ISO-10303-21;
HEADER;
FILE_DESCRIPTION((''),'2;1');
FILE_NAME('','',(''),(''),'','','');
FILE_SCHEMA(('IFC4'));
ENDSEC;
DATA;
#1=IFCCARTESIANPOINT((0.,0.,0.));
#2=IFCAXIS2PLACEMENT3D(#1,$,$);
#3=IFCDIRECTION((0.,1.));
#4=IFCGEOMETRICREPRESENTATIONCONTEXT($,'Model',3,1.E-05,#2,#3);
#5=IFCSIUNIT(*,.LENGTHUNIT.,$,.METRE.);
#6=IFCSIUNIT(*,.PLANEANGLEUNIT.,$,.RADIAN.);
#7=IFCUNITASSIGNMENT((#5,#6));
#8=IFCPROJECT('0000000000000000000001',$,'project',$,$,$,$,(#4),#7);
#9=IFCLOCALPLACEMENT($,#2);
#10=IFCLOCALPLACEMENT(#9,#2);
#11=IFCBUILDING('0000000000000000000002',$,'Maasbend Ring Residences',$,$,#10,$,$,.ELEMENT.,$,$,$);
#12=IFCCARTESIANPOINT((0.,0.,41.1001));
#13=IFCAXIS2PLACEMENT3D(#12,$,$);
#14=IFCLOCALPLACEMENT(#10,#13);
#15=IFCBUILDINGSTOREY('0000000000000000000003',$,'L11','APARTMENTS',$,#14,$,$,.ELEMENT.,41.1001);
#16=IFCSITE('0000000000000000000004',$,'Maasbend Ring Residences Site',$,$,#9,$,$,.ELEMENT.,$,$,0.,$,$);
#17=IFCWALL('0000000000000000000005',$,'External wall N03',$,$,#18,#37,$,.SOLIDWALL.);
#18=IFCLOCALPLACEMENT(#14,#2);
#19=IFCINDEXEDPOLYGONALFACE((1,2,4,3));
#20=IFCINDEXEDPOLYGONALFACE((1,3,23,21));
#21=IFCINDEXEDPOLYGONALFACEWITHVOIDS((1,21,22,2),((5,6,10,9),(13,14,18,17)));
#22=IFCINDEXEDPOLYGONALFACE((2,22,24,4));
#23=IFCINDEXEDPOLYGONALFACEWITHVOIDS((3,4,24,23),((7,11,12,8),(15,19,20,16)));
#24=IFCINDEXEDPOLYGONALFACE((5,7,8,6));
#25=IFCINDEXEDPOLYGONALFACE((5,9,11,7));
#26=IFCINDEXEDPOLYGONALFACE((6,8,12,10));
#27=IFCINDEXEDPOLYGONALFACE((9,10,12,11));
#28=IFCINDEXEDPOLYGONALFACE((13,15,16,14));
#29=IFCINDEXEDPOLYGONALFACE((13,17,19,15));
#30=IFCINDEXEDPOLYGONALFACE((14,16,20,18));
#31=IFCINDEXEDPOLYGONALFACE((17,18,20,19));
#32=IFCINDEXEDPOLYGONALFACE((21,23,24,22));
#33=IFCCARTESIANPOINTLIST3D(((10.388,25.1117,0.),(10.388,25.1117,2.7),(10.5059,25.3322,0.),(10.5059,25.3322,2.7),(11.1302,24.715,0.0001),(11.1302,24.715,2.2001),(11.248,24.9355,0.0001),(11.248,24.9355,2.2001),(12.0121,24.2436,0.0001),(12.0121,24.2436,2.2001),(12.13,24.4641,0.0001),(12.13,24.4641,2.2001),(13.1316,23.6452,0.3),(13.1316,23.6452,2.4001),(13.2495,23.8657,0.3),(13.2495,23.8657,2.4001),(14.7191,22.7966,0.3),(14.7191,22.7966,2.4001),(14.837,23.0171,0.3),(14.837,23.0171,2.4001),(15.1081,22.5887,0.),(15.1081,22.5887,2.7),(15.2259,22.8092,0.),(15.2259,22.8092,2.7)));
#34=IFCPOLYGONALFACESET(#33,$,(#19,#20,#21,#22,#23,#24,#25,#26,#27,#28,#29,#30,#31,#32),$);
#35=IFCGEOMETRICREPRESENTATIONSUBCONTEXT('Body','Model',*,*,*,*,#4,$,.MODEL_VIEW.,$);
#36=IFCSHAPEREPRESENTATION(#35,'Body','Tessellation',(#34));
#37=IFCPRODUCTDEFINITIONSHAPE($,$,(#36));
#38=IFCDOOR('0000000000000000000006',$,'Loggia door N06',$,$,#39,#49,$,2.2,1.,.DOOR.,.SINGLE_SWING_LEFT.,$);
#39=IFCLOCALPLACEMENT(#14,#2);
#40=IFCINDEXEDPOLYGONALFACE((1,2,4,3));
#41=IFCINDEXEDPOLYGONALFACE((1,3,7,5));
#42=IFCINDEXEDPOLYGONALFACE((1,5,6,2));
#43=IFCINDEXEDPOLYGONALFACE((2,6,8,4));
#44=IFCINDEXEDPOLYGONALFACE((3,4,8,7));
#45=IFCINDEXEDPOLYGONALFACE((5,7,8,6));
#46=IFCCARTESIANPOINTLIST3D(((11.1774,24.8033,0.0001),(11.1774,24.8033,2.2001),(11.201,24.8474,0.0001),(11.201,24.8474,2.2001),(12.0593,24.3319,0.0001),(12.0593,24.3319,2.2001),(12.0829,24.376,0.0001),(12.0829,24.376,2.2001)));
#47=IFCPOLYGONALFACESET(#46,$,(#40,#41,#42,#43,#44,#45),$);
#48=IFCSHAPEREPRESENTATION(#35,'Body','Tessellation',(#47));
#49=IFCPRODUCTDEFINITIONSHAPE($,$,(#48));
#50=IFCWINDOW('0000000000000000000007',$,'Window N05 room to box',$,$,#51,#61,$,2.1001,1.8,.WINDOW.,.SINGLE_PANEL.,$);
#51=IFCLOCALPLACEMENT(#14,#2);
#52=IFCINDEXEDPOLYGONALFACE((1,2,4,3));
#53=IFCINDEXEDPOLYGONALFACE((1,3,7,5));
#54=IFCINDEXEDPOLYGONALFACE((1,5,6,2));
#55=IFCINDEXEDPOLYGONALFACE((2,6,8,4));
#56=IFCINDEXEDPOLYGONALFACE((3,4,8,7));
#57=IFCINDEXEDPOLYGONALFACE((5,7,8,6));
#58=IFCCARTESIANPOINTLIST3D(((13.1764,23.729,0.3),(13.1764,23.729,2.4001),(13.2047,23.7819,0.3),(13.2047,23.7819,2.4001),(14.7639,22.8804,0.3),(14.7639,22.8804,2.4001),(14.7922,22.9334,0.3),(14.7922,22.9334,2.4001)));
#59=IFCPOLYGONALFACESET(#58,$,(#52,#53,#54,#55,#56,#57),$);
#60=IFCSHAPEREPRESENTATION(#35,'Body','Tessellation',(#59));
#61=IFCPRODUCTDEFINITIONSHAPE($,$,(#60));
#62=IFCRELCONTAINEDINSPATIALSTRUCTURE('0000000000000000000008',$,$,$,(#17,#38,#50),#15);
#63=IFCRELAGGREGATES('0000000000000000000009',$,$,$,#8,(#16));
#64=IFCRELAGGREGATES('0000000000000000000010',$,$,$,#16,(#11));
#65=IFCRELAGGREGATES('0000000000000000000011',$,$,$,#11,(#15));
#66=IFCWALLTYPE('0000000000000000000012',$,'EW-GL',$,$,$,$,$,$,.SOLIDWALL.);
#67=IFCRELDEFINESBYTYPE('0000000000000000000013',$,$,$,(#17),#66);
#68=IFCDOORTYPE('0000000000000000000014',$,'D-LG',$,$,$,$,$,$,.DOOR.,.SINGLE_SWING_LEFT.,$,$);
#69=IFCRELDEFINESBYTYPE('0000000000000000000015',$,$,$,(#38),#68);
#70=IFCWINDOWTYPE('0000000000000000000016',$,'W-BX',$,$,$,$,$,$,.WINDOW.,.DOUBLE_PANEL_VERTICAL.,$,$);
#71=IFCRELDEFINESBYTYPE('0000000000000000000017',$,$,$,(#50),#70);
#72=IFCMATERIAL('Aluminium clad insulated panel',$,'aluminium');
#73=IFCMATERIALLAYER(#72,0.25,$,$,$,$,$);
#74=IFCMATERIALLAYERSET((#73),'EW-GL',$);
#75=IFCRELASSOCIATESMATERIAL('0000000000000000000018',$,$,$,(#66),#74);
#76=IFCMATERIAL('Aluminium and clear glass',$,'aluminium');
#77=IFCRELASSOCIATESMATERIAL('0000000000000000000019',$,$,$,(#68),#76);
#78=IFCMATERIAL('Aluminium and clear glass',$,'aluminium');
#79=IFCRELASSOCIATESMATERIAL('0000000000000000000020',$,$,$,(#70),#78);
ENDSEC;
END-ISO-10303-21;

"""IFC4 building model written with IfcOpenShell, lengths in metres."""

from ifc_helpers import new_model, si_unit, direction, frame, frame_2d, origin, place, context, subcontext, project, spatial, rectangle, extrude, material, layer, layer_set, type_object, element, fill, save


model = new_model("IFC4")

# Units and contexts
model_context = context("Model", 3, precision=1e-05, world=origin(), true_north=direction((0.0, 1.0)))
body_context = subcontext(model_context, "Body", "Model", "MODEL_VIEW")
ifc_project = project(units=[si_unit("LENGTHUNIT", "METRE"), si_unit("PLANEANGLEUNIT", "RADIAN")], contexts=[model_context])

# Site, building, storey
site_placement = place(None, origin())
site = spatial("IfcSite", under=ifc_project, at=site_placement, Name="Maasbend Ring Residences Site", CompositionType="ELEMENT", RefElevation=0.0)
building_placement = place(site_placement, origin())
building = spatial("IfcBuilding", under=site, at=building_placement, Name="Maasbend Ring Residences", CompositionType="ELEMENT")
storey_placement = place(building_placement, frame((0.0, 0.0, 41.1001)))
storey = spatial("IfcBuildingStorey", under=building, at=storey_placement, Name="L11", Description="APARTMENTS", CompositionType="ELEMENT", Elevation=41.1001)

# Wall, openings, door, window
ifc_material_1 = material(Name="Aluminium clad insulated panel", Category="aluminium")
ifc_layer_1 = layer(ifc_material_1, 0.25)
ifc_layer_set_1 = layer_set([ifc_layer_1], Name="EW-GL")
wall_type_1 = type_object("IfcWallType", Name="EW-GL", PredefinedType="SOLIDWALL", material=ifc_layer_set_1)
ifc_material_2 = material(Name="Aluminium and clear glass", Category="aluminium")
door_type = type_object("IfcDoorType", Name="D-LG", OperationType="SINGLE_SWING_LEFT", PredefinedType="DOOR", material=ifc_material_2)
ifc_material_3 = material(Name="Aluminium and clear glass", Category="aluminium")
window_type_1 = type_object("IfcWindowType", Name="W-BX", PartitioningType="DOUBLE_PANEL_VERTICAL", PredefinedType="WINDOW", material=ifc_material_3)
wall_1_placement = place(storey_placement, frame((15.167, 22.699, 0.0), z_axis=(0.0, 0.0, 1.0), x_axis=(-0.881916, 0.471407, 0.0)))
wall_1 = element("IfcWall", 1, at=wall_1_placement, inside=storey, type_object=wall_type_1, Name="External wall N03", PredefinedType="SOLIDWALL", context=body_context, shape_type="SweptSolid", body=[
    extrude(rectangle(XDim=5.3521, YDim=0.25, at=frame_2d((2.676, 0.0))), origin(), (0.0, 0.0, 1.0), 2.7),
])
opening_1_placement = place(wall_1_placement, frame((0.4412, 0.0, 0.3)))
opening_1 = element("IfcOpeningElement", 2, at=opening_1_placement, cuts=wall_1, PredefinedType="OPENING", context=body_context, shape_type="SweptSolid", body=[
    extrude(rectangle(XDim=1.8, YDim=2.1001, at=frame_2d((0.8999, 1.05))), frame((0.0, 0.135, 0.0), z_axis=(0.0, -1.0, 0.0), x_axis=(1.0, 0.0, 0.0)), (0.0, 0.0, 1.0), 0.27),
])
opening_2_placement = place(wall_1_placement, frame((3.5105, 0.0, 0.0)))
opening_2 = element("IfcOpeningElement", 3, at=opening_2_placement, cuts=wall_1, PredefinedType="OPENING", context=body_context, shape_type="SweptSolid", body=[
    extrude(rectangle(XDim=1.0, YDim=2.2, at=frame_2d((0.5, 1.1001))), frame((0.0, 0.135, 0.0), z_axis=(0.0, -1.0, 0.0), x_axis=(1.0, 0.0, 0.0)), (0.0, 0.0, 1.0), 0.27),
])
door_1_placement = place(opening_2_placement, origin())
door_1 = element("IfcDoor", 4, at=door_1_placement, inside=storey, type_object=door_type, Name="Loggia door N06", OperationType="SINGLE_SWING_LEFT", OverallHeight=2.2, OverallWidth=1.0, PredefinedType="DOOR", context=body_context, shape_type="SweptSolid", body=[
    extrude(rectangle(XDim=1.0, YDim=2.2, at=frame_2d((0.5, 1.1001))), frame((0.0, 0.0249, 0.0), z_axis=(0.0, -1.0, 0.0), x_axis=(1.0, 0.0, 0.0)), (0.0, 0.0, 1.0), 0.05),
])
fill(opening_2, door_1)
window_1_placement = place(opening_1_placement, origin())
window_1 = element("IfcWindow", 5, at=window_1_placement, inside=storey, type_object=window_type_1, Name="Window N05 room to box", OverallHeight=2.1001, OverallWidth=1.8, PartitioningType="SINGLE_PANEL", PredefinedType="WINDOW", context=body_context, shape_type="SweptSolid", body=[
    extrude(rectangle(XDim=1.8, YDim=2.1001, at=frame_2d((0.8999, 1.05))), frame((0.0, 0.03, 0.0), z_axis=(0.0, -1.0, 0.0), x_axis=(1.0, 0.0, 0.0)), (0.0, 0.0, 1.0), 0.0601),
])
fill(opening_1, window_1)

save(model, "model.ifc")
